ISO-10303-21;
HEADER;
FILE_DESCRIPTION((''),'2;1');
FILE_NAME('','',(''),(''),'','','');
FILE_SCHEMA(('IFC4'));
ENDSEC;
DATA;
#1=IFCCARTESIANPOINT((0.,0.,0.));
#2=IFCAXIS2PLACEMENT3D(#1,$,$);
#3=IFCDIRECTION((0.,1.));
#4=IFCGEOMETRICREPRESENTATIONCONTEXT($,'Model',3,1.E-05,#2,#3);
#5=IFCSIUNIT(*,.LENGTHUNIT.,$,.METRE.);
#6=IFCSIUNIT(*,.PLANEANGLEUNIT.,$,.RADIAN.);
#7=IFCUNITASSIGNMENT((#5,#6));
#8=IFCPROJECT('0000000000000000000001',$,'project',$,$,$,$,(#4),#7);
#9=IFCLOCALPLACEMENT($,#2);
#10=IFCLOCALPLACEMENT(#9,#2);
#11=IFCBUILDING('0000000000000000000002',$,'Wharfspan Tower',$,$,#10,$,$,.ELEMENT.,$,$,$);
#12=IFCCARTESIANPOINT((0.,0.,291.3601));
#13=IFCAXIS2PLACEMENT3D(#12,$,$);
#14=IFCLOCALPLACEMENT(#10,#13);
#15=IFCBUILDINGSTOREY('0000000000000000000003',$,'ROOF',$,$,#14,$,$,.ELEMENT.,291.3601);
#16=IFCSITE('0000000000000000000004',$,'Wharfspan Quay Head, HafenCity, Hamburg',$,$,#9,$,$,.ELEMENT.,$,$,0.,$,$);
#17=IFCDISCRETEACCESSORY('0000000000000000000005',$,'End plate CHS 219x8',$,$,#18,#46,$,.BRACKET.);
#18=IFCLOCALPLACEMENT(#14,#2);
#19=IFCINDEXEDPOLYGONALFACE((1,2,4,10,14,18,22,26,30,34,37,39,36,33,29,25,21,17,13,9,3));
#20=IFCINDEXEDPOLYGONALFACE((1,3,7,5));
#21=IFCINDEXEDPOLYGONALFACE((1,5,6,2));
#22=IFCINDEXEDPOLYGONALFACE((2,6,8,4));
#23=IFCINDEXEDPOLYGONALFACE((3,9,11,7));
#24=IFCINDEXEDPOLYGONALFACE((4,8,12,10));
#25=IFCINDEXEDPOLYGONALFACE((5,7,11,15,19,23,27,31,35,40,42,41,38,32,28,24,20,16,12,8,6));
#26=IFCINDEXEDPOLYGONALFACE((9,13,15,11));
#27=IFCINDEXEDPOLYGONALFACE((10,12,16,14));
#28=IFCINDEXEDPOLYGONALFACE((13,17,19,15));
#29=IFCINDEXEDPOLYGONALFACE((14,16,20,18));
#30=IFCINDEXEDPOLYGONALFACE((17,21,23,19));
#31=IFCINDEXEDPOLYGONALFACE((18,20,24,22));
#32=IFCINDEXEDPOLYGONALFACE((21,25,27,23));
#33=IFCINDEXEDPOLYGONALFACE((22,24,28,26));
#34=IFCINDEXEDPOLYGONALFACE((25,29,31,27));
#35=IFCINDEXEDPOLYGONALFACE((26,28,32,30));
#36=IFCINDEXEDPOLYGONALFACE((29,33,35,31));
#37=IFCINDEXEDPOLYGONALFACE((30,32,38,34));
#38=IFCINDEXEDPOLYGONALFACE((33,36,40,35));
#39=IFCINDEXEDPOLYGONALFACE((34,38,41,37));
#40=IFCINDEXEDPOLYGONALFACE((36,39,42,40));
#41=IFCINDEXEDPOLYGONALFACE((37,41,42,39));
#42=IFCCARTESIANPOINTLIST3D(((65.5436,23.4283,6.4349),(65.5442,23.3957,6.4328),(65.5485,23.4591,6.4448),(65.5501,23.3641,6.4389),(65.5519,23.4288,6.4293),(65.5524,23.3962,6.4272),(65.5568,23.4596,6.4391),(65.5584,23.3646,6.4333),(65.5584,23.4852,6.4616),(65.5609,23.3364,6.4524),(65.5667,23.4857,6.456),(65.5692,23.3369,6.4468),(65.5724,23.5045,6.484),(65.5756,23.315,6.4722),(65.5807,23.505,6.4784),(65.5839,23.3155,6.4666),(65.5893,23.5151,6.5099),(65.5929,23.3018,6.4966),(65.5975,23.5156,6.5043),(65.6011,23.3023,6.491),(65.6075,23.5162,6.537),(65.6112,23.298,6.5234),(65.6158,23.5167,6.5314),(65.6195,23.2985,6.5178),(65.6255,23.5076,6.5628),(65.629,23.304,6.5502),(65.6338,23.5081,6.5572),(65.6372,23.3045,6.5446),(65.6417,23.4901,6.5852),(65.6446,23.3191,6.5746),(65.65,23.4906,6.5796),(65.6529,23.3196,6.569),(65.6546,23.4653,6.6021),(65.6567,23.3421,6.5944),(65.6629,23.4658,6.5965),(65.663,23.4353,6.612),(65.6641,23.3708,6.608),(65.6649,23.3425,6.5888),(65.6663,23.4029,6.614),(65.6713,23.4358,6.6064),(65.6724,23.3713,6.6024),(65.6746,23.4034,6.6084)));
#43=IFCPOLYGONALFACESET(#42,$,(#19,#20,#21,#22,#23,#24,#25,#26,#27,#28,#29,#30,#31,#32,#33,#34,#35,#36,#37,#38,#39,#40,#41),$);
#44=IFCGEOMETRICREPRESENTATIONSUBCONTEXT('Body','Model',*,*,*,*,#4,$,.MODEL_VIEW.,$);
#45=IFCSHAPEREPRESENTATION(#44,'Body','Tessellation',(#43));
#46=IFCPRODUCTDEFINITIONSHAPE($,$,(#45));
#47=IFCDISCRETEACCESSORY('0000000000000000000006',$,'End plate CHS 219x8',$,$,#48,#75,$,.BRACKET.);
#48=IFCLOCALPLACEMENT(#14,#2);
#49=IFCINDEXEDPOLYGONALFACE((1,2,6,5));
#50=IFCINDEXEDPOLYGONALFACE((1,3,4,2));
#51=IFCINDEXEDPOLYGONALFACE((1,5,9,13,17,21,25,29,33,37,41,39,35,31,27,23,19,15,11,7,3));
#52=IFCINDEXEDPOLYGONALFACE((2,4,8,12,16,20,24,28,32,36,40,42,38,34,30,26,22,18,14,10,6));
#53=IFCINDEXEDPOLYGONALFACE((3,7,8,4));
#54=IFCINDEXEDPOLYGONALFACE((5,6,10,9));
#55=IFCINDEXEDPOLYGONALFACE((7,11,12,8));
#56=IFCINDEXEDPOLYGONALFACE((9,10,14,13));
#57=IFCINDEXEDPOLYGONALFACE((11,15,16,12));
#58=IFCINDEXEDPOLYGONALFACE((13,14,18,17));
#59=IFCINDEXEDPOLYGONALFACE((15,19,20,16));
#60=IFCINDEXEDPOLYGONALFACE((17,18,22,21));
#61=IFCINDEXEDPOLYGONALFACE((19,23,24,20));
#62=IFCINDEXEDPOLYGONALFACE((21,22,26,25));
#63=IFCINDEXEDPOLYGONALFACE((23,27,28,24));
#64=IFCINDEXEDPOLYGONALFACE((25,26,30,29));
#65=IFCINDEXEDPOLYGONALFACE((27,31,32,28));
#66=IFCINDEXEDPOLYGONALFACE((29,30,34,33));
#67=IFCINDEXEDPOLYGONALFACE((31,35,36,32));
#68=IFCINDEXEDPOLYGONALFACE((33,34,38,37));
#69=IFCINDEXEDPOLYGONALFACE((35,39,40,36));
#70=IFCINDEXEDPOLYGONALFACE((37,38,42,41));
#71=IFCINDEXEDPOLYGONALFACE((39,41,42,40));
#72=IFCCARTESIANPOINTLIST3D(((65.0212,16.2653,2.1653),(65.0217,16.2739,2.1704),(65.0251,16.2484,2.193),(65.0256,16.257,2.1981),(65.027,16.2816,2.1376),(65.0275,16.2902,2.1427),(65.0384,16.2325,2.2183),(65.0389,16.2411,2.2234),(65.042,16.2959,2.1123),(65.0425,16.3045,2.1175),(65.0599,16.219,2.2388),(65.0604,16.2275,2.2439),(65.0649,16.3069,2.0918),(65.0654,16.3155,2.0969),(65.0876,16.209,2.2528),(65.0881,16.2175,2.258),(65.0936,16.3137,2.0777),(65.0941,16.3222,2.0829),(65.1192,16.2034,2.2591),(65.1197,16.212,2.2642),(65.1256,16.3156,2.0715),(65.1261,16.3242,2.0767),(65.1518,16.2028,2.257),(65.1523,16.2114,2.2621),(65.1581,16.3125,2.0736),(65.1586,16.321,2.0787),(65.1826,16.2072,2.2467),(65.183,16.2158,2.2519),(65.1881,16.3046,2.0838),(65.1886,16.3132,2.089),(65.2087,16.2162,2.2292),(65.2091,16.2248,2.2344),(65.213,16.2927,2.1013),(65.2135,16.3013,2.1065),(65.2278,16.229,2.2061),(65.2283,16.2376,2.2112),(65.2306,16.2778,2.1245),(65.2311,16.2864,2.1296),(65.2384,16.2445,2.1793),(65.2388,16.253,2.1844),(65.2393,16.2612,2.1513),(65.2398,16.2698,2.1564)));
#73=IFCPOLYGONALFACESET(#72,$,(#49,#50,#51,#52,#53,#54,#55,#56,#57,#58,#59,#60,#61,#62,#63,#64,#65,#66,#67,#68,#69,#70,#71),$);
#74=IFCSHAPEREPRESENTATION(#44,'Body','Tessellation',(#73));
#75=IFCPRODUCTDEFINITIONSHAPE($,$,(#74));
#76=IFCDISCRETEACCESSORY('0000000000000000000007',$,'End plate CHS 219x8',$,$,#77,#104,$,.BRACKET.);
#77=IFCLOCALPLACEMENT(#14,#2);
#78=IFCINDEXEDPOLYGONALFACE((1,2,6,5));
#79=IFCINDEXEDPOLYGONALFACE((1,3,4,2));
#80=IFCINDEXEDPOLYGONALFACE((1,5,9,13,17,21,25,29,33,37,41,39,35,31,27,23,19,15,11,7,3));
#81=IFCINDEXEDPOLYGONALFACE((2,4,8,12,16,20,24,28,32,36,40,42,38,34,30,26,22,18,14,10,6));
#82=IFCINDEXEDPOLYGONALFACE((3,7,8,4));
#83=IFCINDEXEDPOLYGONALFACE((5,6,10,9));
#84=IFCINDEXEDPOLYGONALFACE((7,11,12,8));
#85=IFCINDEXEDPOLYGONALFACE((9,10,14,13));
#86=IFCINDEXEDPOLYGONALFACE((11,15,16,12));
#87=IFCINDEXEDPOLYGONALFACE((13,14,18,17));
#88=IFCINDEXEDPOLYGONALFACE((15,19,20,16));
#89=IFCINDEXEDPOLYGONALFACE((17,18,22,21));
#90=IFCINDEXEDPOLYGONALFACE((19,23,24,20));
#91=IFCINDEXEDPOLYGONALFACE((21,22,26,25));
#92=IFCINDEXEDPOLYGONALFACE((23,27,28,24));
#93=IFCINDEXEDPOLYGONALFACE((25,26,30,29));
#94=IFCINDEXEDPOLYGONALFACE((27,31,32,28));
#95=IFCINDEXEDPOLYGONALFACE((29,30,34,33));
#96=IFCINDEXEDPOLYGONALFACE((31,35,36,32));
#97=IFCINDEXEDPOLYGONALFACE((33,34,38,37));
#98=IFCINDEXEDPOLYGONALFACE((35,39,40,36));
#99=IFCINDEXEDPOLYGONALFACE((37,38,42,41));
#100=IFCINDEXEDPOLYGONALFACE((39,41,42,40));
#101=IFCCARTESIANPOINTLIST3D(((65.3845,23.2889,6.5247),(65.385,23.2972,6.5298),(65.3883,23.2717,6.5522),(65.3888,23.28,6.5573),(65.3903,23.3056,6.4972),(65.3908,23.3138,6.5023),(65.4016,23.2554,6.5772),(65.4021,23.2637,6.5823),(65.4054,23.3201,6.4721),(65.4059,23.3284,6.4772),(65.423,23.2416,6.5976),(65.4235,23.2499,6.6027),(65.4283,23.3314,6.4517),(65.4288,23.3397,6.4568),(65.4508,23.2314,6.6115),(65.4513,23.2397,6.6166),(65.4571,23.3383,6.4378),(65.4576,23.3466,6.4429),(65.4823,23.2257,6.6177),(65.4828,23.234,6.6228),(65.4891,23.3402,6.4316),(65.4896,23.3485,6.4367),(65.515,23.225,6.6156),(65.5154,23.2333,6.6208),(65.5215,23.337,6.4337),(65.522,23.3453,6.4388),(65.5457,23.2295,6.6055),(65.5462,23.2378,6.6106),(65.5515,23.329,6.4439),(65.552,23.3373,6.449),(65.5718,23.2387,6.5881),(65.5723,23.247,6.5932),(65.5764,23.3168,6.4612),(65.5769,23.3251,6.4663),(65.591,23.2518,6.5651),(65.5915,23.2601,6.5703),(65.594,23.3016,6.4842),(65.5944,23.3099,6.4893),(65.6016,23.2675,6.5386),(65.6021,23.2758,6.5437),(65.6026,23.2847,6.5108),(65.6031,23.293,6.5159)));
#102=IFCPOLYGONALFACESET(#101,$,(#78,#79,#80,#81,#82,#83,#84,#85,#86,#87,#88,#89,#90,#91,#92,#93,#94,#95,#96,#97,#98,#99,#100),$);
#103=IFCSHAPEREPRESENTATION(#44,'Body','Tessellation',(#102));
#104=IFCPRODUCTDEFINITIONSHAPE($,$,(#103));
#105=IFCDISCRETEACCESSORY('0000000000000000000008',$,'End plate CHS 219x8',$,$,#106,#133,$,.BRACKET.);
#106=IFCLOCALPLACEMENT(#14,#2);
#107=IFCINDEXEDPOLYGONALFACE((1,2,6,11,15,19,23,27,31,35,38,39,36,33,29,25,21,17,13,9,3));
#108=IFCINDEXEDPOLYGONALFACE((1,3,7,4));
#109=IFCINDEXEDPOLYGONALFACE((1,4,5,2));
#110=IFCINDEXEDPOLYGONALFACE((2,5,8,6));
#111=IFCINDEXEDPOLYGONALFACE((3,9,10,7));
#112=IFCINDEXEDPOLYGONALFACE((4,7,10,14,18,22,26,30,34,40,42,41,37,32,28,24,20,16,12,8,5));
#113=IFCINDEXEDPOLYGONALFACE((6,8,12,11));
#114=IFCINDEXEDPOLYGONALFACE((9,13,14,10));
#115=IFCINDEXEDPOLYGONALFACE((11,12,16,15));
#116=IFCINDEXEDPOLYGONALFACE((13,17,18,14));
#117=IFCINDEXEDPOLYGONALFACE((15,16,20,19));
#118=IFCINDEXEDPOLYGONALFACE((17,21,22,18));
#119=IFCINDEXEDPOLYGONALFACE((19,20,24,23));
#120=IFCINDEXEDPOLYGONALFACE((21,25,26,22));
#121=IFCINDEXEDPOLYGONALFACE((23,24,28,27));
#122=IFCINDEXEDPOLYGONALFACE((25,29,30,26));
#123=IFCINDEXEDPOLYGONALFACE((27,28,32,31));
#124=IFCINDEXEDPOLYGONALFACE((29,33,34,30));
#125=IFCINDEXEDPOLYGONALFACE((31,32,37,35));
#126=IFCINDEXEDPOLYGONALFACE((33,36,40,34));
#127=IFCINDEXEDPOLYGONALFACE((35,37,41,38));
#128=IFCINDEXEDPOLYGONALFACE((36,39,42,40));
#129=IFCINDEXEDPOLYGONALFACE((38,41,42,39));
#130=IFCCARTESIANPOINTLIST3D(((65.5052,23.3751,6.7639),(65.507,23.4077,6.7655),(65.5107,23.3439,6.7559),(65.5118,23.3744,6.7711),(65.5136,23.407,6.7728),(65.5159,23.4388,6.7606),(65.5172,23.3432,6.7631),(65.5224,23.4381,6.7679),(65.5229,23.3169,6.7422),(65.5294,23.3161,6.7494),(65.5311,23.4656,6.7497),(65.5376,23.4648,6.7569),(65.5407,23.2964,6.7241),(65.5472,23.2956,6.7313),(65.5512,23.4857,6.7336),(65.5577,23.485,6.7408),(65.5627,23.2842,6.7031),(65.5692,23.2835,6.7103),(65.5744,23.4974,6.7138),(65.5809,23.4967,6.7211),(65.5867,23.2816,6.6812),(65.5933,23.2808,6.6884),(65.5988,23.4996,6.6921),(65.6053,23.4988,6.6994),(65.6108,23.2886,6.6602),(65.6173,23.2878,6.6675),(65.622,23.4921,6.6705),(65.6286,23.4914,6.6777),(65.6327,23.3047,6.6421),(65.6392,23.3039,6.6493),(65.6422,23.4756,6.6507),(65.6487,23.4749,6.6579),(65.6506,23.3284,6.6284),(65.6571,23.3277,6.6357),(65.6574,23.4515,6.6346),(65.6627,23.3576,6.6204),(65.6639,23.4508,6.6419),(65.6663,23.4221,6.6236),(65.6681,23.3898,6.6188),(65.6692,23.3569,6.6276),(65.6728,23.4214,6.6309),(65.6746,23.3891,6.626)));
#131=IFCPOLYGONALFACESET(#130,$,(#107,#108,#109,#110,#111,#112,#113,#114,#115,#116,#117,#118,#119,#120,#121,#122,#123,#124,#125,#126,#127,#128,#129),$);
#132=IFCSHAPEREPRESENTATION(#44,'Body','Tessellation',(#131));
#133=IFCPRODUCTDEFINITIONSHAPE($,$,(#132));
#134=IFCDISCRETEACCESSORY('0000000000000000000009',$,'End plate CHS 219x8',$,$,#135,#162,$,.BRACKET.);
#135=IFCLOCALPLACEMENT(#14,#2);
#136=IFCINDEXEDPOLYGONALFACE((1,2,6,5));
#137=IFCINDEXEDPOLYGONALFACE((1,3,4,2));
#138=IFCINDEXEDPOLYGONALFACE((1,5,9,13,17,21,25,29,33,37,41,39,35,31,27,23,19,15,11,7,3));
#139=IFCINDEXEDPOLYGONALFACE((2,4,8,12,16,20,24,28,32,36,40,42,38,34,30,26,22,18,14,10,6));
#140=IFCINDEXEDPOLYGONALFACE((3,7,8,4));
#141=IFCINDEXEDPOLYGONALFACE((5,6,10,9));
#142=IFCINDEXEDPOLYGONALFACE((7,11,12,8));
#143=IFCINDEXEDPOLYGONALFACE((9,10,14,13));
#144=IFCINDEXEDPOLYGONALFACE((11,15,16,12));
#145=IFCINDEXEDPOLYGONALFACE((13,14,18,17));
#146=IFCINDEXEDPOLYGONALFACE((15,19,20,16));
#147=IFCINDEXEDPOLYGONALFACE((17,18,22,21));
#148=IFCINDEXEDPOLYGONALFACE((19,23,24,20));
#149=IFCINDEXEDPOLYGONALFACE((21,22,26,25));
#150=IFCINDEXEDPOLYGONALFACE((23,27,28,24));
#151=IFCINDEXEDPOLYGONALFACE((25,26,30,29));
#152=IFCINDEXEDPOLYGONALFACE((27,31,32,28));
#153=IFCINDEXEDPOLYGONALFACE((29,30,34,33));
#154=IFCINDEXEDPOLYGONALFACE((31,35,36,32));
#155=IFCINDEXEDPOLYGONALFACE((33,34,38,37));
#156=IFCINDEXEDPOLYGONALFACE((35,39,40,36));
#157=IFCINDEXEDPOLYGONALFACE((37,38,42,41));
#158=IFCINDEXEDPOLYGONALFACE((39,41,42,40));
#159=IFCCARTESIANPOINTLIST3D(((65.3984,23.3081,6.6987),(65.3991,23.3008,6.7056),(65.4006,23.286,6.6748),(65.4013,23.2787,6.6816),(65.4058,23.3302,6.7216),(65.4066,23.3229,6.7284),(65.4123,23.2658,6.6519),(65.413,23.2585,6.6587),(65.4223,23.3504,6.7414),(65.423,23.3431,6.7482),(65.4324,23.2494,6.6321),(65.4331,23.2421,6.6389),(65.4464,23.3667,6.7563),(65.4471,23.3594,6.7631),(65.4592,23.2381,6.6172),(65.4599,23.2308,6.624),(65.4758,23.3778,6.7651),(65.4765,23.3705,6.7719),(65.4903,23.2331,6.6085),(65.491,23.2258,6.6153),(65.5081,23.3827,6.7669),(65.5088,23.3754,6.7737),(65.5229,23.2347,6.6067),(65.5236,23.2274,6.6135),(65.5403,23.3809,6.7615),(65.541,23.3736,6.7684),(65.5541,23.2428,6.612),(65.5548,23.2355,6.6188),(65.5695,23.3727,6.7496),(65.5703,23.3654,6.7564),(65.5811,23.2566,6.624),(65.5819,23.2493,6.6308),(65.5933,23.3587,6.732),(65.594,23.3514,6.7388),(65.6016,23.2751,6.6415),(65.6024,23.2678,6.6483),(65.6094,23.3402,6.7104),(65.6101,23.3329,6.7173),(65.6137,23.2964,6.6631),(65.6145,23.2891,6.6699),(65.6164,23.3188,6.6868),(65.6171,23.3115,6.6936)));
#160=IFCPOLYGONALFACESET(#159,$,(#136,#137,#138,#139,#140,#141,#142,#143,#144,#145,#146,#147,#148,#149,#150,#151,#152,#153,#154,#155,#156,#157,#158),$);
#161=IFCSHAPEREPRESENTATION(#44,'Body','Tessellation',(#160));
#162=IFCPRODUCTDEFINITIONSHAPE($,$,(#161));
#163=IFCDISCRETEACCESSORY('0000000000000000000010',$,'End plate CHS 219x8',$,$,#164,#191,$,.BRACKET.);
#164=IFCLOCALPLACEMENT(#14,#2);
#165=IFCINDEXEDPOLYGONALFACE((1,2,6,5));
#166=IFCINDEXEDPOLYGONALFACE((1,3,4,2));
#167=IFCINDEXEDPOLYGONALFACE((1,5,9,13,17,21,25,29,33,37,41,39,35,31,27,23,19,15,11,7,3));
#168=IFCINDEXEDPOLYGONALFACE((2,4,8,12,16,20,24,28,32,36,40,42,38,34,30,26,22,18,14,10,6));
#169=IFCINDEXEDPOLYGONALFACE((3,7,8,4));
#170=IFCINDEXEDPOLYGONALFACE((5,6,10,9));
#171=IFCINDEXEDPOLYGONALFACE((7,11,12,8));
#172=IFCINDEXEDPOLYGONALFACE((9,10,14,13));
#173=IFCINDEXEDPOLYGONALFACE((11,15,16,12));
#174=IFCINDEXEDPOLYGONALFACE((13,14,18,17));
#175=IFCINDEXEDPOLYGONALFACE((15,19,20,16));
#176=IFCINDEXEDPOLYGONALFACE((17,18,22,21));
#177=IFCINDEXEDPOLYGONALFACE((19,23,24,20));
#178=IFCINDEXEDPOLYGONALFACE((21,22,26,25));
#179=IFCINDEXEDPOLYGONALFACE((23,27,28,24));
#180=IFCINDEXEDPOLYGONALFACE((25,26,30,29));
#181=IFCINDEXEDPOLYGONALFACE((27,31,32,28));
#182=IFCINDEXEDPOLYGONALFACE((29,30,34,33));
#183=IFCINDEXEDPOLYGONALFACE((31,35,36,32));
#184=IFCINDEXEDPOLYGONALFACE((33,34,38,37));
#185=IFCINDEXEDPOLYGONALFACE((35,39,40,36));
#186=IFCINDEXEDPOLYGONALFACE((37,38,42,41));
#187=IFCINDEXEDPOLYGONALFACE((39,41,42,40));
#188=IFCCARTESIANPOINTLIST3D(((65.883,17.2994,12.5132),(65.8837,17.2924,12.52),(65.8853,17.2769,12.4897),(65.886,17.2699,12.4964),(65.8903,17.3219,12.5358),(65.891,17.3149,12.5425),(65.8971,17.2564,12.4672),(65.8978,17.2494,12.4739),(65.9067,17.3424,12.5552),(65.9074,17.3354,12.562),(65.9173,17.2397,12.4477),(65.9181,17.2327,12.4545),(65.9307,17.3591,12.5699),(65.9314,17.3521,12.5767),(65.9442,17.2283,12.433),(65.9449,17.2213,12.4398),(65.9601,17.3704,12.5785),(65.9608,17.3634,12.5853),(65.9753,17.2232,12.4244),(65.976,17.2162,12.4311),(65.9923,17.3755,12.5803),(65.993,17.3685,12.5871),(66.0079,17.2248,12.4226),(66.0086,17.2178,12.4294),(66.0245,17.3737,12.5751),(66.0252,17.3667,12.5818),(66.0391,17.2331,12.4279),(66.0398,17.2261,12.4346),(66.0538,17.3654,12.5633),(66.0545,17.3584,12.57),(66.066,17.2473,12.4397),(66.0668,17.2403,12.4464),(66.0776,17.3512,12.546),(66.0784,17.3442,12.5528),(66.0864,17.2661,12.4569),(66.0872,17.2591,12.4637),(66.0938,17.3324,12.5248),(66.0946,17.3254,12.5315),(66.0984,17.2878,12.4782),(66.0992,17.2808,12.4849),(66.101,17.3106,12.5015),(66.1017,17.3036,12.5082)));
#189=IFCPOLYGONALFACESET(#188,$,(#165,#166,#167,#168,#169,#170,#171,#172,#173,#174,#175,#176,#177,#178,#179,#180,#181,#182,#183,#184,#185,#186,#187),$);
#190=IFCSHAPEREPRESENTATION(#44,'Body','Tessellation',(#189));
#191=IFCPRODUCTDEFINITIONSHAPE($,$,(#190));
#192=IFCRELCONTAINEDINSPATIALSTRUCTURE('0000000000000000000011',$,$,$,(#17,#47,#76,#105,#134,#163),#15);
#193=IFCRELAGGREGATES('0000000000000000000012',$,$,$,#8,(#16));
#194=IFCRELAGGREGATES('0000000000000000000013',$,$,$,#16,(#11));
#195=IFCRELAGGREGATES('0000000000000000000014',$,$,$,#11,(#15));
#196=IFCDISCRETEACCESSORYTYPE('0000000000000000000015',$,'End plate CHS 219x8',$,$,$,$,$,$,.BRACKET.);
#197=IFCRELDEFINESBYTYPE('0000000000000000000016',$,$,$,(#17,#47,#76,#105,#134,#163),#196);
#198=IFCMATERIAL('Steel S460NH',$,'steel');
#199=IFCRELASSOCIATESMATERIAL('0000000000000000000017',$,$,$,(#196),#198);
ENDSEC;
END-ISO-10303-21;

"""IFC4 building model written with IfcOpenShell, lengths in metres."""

from ifc_helpers import new_model, si_unit, direction, frame, origin, origin_2d, place, context, subcontext, project, spatial, circle, extrude, material, material_profile, profile_set, type_object, element, save


model = new_model("IFC4")

# Units and contexts
model_context = context("Model", 3, precision=1e-05, world=origin(), true_north=direction((0.0, 1.0)))
body_context = subcontext(model_context, "Body", "Model", "MODEL_VIEW")
ifc_project = project(units=[si_unit("LENGTHUNIT", "METRE"), si_unit("PLANEANGLEUNIT", "RADIAN")], contexts=[model_context])

# Site, building, storey
site_placement = place(None, origin())
site = spatial("IfcSite", under=ifc_project, at=site_placement, Name="Wharfspan Quay Head, HafenCity, Hamburg", CompositionType="ELEMENT", RefElevation=0.0)
building_placement = place(site_placement, origin())
building = spatial("IfcBuilding", under=site, at=building_placement, Name="Wharfspan Tower", CompositionType="ELEMENT")
storey_placement = place(building_placement, frame((0.0, 0.0, 291.3601)))
storey = spatial("IfcBuildingStorey", under=building, at=storey_placement, Name="ROOF", CompositionType="ELEMENT", Elevation=291.3601)

# Shared definitions
ifc_material_1 = material(Name="Steel S460NH", Category="steel")

# Discrete accessories
ifc_material_profile_1 = material_profile(ifc_material_1, circle(Radius=0.1096, at=origin_2d()))
ifc_profile_set_1 = profile_set([ifc_material_profile_1], Name="Steel S460NH")
discrete_accessory_type_1 = type_object("IfcDiscreteAccessoryType", Name="End plate CHS 219x8", PredefinedType="BRACKET", material=ifc_profile_set_1)
for number, where, z_axis, x_axis, name in (
    (1, (65.613, 23.408, 6.5178), (-0.827302, -0.048665, 0.559645), (0.058723, -0.998276, 0.000001), "End plate CHS 219x8"),
    (2, (65.1306, 16.259, 2.1653), (0.048941, 0.856465, 0.513879), (-0.998372, 0.05705, 0.0), "End plate CHS 219x8"),
):
    element("IfcDiscreteAccessory", number, at=place(storey_placement, frame(where, z_axis=z_axis, x_axis=x_axis)), inside=storey, type_object=discrete_accessory_type_1, Name=name, PredefinedType="BRACKET", context=body_context, shape_type="SweptSolid", body=[
        extrude(circle(Radius=0.1096, at=origin_2d()), origin(), (0.0, 0.0, 1.0), 0.01),
    ])
for number, where, z_axis, x_axis, name in (
    (3, (65.4939, 23.2825, 6.5247), (0.049984, 0.849734, 0.524836), (-0.998277, 0.058723, -0.000002), "End plate CHS 219x8"),
    (4, (65.5867, 23.3906, 6.6921), (0.667124, -0.074125, 0.741249), (0.110432, 0.993887, 0.0), "End plate CHS 219x8"),
):
    element("IfcDiscreteAccessory", number, at=place(storey_placement, frame(where, z_axis=z_axis, x_axis=x_axis)), inside=storey, type_object=discrete_accessory_type_1, Name=name, PredefinedType="BRACKET", context=body_context, shape_type="SweptSolid", body=[
        extrude(circle(Radius=0.1096, at=origin_2d()), origin(), (0.0, 0.0, 1.0), 0.0098),
    ])
discrete_accessory_1_placement = place(storey_placement, frame((65.5073, 23.3079, 6.6868), z_axis=(0.072911, -0.72911, 0.680502), x_axis=(0.99504, 0.099504, 0.0)))
element("IfcDiscreteAccessory", 5, at=discrete_accessory_1_placement, inside=storey, type_object=discrete_accessory_type_1, Name="End plate CHS 219x8", PredefinedType="BRACKET", context=body_context, shape_type="SweptSolid", body=[
    extrude(circle(Radius=0.1096, at=origin_2d()), origin(), (0.0, 0.0, 1.0), 0.01),
])
discrete_accessory_2_placement = place(storey_placement, frame((65.9919, 17.2993, 12.5015), z_axis=(0.074216, -0.717418, 0.692679), x_axis=(0.994695, 0.102899, -0.000001)))
element("IfcDiscreteAccessory", 6, at=discrete_accessory_2_placement, inside=storey, type_object=discrete_accessory_type_1, Name="End plate CHS 219x8", PredefinedType="BRACKET", context=body_context, shape_type="SweptSolid", body=[
    extrude(circle(Radius=0.1096, at=origin_2d()), origin(), (0.0, 0.0, 1.0), 0.0098),
])

save(model, "model.ifc")
